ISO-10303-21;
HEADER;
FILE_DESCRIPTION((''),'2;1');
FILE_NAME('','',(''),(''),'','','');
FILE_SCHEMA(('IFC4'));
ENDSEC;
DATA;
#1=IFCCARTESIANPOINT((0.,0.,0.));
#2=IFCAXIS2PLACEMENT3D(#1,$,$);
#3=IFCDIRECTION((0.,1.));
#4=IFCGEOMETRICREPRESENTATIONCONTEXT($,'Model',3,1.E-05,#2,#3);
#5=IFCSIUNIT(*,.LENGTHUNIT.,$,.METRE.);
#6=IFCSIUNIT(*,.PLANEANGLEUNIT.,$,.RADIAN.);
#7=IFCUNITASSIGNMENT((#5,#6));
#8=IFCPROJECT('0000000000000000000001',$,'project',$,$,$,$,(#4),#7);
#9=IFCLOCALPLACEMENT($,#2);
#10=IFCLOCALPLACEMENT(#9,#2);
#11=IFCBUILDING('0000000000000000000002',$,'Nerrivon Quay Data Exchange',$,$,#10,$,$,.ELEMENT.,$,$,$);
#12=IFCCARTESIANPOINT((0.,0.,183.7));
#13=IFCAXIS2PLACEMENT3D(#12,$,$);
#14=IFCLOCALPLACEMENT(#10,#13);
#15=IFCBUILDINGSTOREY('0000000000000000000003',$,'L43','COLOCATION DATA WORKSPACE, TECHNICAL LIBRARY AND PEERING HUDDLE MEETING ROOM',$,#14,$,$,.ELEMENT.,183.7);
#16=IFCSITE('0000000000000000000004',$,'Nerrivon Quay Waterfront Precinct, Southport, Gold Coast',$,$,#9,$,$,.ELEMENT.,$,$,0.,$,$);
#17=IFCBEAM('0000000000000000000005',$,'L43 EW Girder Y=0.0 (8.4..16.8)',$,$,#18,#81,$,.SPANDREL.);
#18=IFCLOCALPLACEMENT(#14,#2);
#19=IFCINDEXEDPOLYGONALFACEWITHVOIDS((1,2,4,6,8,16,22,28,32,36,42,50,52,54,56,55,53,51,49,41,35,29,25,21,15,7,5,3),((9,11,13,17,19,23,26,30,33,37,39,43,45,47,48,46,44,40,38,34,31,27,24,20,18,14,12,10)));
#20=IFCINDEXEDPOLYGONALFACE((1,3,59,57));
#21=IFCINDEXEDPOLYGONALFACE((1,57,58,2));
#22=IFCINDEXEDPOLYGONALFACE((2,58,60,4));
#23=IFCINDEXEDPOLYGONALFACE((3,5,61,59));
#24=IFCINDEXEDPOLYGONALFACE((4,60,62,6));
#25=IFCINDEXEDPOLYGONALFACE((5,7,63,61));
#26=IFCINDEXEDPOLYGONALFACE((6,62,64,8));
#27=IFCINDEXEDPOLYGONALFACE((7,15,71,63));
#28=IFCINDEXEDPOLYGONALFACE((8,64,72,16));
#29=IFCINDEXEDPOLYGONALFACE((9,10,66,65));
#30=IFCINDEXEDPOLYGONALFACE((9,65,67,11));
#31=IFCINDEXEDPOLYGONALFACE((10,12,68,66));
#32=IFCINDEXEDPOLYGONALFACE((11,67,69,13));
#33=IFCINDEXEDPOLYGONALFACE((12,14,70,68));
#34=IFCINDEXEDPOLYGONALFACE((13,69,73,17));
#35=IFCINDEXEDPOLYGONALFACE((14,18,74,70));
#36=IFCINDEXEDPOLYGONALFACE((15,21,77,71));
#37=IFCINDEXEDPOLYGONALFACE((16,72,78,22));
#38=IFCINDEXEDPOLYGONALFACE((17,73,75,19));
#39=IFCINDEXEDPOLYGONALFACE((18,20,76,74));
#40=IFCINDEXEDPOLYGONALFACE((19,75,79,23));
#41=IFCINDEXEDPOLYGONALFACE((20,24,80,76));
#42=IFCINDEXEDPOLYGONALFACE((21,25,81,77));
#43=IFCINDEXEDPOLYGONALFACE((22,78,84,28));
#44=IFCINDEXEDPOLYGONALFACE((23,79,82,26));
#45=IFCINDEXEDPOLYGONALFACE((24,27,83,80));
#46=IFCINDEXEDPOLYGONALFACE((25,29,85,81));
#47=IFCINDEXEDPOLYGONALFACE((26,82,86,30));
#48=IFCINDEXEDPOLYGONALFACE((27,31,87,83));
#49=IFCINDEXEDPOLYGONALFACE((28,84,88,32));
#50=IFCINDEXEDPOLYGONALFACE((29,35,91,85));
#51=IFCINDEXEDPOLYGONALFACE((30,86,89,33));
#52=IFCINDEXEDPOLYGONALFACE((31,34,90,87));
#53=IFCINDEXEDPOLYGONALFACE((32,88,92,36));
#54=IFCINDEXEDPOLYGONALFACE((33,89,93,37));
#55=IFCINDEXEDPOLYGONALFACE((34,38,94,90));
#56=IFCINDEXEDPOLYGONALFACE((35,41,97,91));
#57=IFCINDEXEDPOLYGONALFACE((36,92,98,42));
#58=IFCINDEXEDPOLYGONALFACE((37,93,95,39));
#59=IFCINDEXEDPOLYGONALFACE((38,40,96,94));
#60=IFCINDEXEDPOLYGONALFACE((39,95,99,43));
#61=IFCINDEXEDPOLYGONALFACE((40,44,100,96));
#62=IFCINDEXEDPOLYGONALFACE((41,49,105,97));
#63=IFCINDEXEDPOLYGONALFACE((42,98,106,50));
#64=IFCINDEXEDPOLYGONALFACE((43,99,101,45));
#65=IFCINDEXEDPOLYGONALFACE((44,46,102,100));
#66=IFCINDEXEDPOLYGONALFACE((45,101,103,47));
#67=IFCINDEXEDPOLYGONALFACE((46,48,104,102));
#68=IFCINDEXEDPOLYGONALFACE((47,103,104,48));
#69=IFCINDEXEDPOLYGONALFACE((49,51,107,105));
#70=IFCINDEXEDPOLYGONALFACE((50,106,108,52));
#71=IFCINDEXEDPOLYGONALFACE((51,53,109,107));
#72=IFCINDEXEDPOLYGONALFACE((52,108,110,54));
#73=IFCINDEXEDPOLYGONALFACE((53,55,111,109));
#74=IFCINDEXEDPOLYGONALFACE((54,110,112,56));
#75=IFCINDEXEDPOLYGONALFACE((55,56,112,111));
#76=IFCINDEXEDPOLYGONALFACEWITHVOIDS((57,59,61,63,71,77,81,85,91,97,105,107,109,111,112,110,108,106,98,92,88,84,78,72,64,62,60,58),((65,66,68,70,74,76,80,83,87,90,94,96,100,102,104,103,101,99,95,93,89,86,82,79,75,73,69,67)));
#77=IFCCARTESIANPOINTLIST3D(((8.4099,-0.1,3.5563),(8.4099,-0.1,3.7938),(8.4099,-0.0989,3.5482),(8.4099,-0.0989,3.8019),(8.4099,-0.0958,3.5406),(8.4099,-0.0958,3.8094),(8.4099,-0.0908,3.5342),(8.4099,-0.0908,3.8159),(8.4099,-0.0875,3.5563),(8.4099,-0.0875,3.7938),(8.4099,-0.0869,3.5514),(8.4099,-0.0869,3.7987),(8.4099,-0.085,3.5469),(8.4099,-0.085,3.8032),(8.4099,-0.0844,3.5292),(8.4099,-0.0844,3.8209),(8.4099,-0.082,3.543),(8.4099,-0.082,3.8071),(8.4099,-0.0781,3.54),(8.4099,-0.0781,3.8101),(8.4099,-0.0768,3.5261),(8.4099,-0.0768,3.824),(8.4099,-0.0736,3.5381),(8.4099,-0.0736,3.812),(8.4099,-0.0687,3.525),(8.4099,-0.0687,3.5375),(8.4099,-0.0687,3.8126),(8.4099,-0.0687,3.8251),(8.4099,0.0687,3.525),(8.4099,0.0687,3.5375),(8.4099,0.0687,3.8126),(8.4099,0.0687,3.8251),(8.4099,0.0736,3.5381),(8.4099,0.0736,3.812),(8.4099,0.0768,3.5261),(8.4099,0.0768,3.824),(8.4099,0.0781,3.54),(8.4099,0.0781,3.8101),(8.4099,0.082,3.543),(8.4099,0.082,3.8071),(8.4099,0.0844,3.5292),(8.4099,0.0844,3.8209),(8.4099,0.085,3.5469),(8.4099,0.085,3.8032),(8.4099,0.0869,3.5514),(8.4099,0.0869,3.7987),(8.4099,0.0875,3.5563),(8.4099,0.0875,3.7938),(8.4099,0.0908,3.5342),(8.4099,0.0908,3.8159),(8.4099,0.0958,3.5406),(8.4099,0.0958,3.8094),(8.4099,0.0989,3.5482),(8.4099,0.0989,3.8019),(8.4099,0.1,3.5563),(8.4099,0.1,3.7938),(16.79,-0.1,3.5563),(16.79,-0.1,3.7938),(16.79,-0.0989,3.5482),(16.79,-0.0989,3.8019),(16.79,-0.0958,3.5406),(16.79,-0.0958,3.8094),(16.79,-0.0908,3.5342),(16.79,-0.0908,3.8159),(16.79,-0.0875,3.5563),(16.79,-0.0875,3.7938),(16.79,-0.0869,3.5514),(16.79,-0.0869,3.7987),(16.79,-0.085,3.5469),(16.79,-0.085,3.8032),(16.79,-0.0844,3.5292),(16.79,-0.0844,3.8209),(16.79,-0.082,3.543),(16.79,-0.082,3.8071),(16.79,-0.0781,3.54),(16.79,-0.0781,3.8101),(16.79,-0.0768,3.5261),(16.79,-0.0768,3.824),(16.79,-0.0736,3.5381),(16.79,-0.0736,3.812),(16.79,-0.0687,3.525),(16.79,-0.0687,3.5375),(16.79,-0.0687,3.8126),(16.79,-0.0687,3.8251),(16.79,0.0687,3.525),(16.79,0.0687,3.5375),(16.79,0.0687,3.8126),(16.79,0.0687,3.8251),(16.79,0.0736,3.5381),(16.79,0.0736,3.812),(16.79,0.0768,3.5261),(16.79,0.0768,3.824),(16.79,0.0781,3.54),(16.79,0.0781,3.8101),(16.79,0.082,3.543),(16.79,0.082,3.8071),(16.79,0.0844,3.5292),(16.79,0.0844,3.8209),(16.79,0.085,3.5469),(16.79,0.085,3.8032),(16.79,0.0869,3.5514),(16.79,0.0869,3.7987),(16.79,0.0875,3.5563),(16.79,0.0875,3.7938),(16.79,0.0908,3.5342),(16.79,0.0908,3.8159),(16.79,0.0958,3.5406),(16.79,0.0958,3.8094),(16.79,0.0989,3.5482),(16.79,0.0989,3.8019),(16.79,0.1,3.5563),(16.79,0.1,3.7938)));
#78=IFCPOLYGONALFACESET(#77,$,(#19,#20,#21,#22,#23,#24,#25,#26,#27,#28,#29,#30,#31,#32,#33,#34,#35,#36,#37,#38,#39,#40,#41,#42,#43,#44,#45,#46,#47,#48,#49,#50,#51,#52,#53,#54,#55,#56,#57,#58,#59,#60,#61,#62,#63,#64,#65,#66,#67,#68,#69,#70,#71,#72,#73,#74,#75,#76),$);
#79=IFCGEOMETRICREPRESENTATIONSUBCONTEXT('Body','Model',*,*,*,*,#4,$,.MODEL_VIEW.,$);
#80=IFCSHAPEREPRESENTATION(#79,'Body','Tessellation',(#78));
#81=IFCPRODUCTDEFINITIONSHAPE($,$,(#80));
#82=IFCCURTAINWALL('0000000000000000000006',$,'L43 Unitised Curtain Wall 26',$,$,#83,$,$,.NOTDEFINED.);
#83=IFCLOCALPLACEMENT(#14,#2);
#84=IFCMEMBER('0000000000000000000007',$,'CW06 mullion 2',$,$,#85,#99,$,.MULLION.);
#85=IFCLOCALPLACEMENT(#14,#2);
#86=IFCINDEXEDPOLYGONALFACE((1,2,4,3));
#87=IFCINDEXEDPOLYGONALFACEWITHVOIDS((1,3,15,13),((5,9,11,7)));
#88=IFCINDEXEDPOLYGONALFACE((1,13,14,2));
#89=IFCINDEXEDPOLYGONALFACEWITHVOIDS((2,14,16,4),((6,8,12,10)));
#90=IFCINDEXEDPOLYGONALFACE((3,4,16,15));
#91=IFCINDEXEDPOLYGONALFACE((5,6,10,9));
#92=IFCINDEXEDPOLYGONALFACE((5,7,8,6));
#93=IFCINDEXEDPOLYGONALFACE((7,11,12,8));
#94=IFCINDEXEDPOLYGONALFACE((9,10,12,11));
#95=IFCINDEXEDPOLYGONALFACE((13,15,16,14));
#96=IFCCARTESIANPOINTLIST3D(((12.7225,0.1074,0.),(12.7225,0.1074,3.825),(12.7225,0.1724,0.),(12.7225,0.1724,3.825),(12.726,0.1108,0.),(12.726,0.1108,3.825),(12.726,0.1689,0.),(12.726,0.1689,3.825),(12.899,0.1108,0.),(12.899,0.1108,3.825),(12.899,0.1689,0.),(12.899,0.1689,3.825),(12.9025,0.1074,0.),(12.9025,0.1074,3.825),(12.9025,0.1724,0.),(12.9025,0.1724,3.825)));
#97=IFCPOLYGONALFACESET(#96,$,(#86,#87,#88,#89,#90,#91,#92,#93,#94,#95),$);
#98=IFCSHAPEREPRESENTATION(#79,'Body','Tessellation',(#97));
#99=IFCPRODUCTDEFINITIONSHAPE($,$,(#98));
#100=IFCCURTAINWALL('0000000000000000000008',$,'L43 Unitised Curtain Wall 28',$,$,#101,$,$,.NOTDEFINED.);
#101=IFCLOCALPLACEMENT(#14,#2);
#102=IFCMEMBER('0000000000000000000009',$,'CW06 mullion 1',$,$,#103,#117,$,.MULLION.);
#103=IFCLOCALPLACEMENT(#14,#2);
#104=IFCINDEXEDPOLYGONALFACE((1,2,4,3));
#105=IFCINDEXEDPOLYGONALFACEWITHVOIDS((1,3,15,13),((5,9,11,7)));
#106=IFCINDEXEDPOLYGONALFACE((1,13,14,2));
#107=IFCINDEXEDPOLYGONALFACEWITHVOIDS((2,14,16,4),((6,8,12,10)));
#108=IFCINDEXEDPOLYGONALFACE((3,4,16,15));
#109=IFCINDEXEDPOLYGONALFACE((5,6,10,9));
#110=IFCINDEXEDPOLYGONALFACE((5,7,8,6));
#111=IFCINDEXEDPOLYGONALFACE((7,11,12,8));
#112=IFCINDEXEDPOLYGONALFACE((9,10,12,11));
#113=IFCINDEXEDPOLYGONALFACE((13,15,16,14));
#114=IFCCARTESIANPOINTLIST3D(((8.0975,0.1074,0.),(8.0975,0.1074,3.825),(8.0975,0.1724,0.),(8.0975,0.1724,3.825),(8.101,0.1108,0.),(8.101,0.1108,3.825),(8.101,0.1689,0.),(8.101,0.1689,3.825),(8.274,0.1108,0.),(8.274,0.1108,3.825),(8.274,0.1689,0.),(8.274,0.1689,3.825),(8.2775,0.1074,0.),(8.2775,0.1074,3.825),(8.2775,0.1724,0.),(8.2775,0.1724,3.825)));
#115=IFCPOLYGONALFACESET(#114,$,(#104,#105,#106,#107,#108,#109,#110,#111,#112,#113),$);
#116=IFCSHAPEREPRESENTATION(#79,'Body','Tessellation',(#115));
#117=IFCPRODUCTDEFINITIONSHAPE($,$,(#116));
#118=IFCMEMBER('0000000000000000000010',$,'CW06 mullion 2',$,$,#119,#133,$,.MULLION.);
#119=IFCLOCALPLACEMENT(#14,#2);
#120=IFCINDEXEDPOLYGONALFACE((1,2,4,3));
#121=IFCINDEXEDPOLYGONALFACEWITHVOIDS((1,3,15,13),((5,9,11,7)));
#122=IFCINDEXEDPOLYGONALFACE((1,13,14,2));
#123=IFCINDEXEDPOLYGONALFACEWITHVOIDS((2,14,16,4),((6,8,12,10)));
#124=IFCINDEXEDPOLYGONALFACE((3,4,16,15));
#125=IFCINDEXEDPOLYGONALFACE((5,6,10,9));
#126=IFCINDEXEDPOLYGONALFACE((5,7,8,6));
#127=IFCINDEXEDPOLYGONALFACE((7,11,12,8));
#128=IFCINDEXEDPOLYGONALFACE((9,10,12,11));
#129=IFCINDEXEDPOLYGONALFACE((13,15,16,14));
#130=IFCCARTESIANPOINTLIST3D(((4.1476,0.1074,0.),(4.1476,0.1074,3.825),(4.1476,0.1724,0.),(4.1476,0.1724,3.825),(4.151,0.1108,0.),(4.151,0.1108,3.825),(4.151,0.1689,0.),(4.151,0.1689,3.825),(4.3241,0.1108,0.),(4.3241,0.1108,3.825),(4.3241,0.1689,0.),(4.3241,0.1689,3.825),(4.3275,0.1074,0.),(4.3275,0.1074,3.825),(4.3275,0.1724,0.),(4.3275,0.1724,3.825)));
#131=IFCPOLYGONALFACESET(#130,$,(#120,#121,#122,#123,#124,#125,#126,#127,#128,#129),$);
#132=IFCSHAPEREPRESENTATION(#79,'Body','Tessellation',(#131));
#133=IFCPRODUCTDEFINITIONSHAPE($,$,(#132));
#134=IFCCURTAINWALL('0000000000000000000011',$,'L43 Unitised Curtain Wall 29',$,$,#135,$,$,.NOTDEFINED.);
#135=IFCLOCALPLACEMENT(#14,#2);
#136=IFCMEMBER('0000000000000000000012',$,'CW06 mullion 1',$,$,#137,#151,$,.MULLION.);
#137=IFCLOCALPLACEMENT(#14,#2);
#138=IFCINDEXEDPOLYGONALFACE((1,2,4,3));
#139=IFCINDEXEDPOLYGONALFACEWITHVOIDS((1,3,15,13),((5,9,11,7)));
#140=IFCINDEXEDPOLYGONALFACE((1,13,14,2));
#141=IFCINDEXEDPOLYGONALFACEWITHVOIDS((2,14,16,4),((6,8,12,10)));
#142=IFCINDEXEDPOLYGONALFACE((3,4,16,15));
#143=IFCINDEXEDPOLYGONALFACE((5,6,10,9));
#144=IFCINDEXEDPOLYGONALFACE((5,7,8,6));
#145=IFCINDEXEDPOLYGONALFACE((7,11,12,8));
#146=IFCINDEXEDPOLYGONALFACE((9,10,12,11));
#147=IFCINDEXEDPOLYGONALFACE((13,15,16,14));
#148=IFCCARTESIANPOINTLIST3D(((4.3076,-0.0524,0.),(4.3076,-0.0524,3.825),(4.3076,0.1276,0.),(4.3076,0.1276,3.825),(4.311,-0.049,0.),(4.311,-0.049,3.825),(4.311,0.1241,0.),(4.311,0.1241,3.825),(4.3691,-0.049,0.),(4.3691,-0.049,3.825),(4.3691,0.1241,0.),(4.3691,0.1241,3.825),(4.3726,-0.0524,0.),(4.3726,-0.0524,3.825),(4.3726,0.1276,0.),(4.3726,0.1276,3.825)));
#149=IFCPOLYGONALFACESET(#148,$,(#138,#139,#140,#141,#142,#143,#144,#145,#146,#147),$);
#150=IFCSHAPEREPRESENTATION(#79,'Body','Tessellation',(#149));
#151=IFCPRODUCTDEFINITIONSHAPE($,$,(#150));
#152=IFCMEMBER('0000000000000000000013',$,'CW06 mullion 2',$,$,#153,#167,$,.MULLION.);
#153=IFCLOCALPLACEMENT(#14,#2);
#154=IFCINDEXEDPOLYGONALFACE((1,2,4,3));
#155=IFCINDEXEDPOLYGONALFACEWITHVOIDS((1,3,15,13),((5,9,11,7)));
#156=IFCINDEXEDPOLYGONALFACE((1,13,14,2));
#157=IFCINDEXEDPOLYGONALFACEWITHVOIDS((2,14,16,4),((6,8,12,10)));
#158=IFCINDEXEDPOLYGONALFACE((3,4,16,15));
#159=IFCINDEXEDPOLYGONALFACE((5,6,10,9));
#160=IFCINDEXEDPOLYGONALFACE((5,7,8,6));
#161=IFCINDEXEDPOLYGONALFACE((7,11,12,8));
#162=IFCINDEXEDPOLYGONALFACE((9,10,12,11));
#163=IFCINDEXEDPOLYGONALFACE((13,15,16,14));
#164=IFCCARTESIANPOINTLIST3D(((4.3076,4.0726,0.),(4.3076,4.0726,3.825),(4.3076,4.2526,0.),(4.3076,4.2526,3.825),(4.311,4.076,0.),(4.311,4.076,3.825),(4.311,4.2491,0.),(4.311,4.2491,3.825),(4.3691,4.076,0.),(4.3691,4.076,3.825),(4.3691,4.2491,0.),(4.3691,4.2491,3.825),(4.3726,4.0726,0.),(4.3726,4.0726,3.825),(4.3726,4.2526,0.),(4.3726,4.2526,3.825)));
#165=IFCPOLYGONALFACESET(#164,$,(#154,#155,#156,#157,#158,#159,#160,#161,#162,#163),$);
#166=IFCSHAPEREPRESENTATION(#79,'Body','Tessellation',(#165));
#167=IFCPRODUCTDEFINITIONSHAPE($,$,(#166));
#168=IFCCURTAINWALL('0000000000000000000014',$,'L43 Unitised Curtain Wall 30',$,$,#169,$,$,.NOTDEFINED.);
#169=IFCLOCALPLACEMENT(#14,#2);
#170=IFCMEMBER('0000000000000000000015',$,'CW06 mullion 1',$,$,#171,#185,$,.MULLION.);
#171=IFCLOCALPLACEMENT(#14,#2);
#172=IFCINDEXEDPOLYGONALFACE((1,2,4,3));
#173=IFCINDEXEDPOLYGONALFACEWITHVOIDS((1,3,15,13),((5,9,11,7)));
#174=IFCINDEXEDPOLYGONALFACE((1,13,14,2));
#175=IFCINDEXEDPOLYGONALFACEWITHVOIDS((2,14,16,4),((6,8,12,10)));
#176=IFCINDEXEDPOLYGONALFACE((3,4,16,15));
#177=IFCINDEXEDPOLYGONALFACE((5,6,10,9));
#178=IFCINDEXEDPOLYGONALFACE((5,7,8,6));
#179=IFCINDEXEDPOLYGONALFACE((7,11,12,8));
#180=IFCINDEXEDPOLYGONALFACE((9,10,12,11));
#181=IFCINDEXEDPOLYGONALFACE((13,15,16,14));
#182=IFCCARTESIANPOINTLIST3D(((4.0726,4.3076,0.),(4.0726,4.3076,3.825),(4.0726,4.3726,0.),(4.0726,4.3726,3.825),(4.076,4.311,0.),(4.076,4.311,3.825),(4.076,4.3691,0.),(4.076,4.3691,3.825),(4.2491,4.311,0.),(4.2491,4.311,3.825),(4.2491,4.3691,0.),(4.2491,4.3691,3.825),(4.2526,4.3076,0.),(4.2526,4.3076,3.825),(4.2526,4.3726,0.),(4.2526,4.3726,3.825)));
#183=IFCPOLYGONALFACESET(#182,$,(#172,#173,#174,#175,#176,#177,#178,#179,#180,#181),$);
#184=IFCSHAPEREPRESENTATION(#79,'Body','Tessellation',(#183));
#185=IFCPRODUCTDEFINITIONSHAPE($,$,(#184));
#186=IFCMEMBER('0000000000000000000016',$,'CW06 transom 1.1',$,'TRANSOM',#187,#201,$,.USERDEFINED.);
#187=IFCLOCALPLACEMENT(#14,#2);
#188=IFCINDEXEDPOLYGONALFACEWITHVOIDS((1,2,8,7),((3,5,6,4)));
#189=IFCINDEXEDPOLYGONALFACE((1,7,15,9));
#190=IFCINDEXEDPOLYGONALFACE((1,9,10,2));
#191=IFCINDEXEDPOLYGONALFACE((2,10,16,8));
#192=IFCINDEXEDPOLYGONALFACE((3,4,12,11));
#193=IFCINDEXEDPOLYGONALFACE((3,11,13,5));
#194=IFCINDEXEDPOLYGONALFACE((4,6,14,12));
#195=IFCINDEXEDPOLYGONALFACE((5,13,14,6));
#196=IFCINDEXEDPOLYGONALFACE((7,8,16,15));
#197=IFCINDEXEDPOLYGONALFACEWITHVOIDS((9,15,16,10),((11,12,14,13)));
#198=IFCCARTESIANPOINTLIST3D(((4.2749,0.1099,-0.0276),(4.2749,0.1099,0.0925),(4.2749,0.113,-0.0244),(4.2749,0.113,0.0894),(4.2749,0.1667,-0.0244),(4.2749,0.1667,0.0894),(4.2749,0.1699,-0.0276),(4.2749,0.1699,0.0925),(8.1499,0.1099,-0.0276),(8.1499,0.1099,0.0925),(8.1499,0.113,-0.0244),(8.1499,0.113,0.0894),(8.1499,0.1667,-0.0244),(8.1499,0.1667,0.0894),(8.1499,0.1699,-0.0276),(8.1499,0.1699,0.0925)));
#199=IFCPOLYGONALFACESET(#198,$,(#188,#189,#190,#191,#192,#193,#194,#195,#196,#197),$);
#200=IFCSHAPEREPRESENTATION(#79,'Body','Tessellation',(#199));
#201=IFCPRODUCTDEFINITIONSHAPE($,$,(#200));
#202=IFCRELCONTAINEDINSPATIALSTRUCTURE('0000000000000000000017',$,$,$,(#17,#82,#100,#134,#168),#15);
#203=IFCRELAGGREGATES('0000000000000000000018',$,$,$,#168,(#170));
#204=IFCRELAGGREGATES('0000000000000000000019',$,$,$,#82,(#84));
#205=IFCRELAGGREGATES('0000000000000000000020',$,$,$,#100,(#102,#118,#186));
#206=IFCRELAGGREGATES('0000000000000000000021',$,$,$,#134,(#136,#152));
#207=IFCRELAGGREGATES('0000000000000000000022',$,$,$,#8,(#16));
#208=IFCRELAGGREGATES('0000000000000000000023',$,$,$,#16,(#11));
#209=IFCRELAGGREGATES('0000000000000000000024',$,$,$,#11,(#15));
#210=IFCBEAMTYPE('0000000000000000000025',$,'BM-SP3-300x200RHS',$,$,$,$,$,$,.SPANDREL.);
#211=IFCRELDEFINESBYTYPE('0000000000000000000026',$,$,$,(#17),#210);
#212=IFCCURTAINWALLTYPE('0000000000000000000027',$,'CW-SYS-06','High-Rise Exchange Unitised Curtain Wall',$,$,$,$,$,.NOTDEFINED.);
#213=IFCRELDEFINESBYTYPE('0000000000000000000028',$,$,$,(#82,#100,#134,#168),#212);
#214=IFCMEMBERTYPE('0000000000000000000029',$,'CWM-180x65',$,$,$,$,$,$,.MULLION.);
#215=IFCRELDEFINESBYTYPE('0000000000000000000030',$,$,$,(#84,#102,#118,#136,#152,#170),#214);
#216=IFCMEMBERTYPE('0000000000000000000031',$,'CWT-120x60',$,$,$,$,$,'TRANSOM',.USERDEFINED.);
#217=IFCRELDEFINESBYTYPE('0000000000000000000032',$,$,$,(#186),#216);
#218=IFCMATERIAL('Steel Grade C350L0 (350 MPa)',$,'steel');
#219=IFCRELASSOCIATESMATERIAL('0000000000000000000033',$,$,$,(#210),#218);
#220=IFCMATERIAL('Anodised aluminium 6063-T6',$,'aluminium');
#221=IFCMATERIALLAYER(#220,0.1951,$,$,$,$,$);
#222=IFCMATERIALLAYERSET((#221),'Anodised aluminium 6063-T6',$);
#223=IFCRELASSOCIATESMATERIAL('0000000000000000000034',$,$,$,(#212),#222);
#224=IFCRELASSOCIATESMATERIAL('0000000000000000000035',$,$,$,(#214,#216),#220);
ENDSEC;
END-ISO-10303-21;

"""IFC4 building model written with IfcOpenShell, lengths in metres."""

from ifc_helpers import new_model, si_unit, direction, frame, origin, origin_2d, place, context, subcontext, project, spatial, hollow_rectangle, extrude, material, layer, layer_set, material_profile, profile_set, type_object, element, aggregate, save


model = new_model("IFC4")

# Units and contexts
model_context = context("Model", 3, precision=1e-05, world=origin(), true_north=direction((0.0, 1.0)))
body_context = subcontext(model_context, "Body", "Model", "MODEL_VIEW")
ifc_project = project(units=[si_unit("LENGTHUNIT", "METRE"), si_unit("PLANEANGLEUNIT", "RADIAN")], contexts=[model_context])

# Site, building, storey
site_placement = place(None, origin())
site = spatial("IfcSite", under=ifc_project, at=site_placement, Name="Nerrivon Quay Waterfront Precinct, Southport, Gold Coast", CompositionType="ELEMENT", RefElevation=0.0)
building_placement = place(site_placement, origin())
building = spatial("IfcBuilding", under=site, at=building_placement, Name="Nerrivon Quay Data Exchange", CompositionType="ELEMENT")
storey_placement = place(building_placement, frame((0.0, 0.0, 183.7)))
storey = spatial("IfcBuildingStorey", under=building, at=storey_placement, Name="L43", Description="COLOCATION DATA WORKSPACE, TECHNICAL LIBRARY AND PEERING HUDDLE MEETING ROOM", CompositionType="ELEMENT", Elevation=183.7)

# Beam
ifc_material_1 = material(Name="Steel Grade C350L0 (350 MPa)", Category="steel")
ifc_material_profile_1 = material_profile(ifc_material_1, hollow_rectangle(XDim=0.2, YDim=0.3, WallThickness=0.0125, InnerFilletRadius=0.0188, OuterFilletRadius=0.0312, at=origin_2d()), Name="300x200x12.5RHS")
ifc_profile_set_1 = profile_set([ifc_material_profile_1], Name="Steel Grade C350L0 (350 MPa)")
beam_type_1 = type_object("IfcBeamType", Name="BM-SP3-300x200RHS", PredefinedType="SPANDREL", material=ifc_profile_set_1)
beam_1_placement = place(storey_placement, frame((8.4099, 0.0, 3.675), z_axis=(1.0, 0.0, 0.0), x_axis=(0.0, 1.0, 0.0)))
element("IfcBeam", 1, at=beam_1_placement, inside=storey, type_object=beam_type_1, Name="L43 EW Girder Y=0.0 (8.4..16.8)", PredefinedType="SPANDREL", context=body_context, shape_type="SweptSolid", body=[
    extrude(hollow_rectangle(XDim=0.2, YDim=0.3, WallThickness=0.0125, InnerFilletRadius=0.0188, OuterFilletRadius=0.0312, at=origin_2d()), origin(), (0.0, 0.0, 1.0), 8.3801),
])

# Curtain wall, member
ifc_material_2 = material(Name="Anodised aluminium 6063-T6", Category="aluminium")
ifc_layer_1 = layer(ifc_material_2, 0.1951)
ifc_layer_set_1 = layer_set([ifc_layer_1], Name="Anodised aluminium 6063-T6")
curtain_wall_type = type_object("IfcCurtainWallType", Name="CW-SYS-06", Description="High-Rise Exchange Unitised Curtain Wall", PredefinedType="NOTDEFINED", material=ifc_layer_set_1)
curtain_wall_1_placement = place(storey_placement, origin())
curtain_wall_1 = element("IfcCurtainWall", 2, at=curtain_wall_1_placement, inside=storey, type_object=curtain_wall_type, Name="L43 Unitised Curtain Wall 26", PredefinedType="NOTDEFINED")
ifc_material_profile_2 = material_profile(ifc_material_2, hollow_rectangle(XDim=0.0649, YDim=0.1799, WallThickness=0.0034, at=origin_2d()), Name="ALU-MULL-180x65")
ifc_profile_set_2 = profile_set([ifc_material_profile_2], Name="Anodised aluminium 6063-T6")
member_type_1 = type_object("IfcMemberType", Name="CWM-180x65", PredefinedType="MULLION", material=ifc_profile_set_2)
member_1_placement = place(storey_placement, frame((12.8125, 0.1399, 0.0), z_axis=(0.0, 0.0, 1.0), x_axis=(0.0, -1.0, 0.0)))
member_1 = element("IfcMember", 3, at=member_1_placement, type_object=member_type_1, Name="CW06 mullion 2", PredefinedType="MULLION", context=body_context, shape_type="SweptSolid", body=[
    extrude(hollow_rectangle(XDim=0.0649, YDim=0.1799, WallThickness=0.0034, at=origin_2d()), origin(), (0.0, 0.0, 1.0), 3.825),
])

# Curtain walls, members
curtain_wall_2_placement = place(storey_placement, origin())
curtain_wall_2 = element("IfcCurtainWall", 4, at=curtain_wall_2_placement, inside=storey, type_object=curtain_wall_type, Name="L43 Unitised Curtain Wall 28", PredefinedType="NOTDEFINED")
member_2_placement = place(storey_placement, frame((8.1875, 0.1399, 0.0), z_axis=(0.0, 0.0, 1.0), x_axis=(0.0, -1.0, 0.0)))
member_2 = element("IfcMember", 5, at=member_2_placement, type_object=member_type_1, Name="CW06 mullion 1", PredefinedType="MULLION", context=body_context, shape_type="SweptSolid", body=[
    extrude(hollow_rectangle(XDim=0.0649, YDim=0.1799, WallThickness=0.0034, at=origin_2d()), origin(), (0.0, 0.0, 1.0), 3.825),
])
member_3_placement = place(storey_placement, frame((4.2375, 0.1399, 0.0), z_axis=(0.0, 0.0, 1.0), x_axis=(0.0, -1.0, 0.0)))
member_3 = element("IfcMember", 6, at=member_3_placement, type_object=member_type_1, Name="CW06 mullion 2", PredefinedType="MULLION", context=body_context, shape_type="SweptSolid", body=[
    extrude(hollow_rectangle(XDim=0.0649, YDim=0.1799, WallThickness=0.0034, at=origin_2d()), origin(), (0.0, 0.0, 1.0), 3.825),
])
curtain_wall_3_placement = place(storey_placement, origin())
curtain_wall_3 = element("IfcCurtainWall", 7, at=curtain_wall_3_placement, inside=storey, type_object=curtain_wall_type, Name="L43 Unitised Curtain Wall 29", PredefinedType="NOTDEFINED")
member_4_placement = place(storey_placement, frame((4.3401, 0.0376, 0.0), z_axis=(0.0, 0.0, 1.0), x_axis=(-1.0, 0.0, 0.0)))
member_4 = element("IfcMember", 8, at=member_4_placement, type_object=member_type_1, Name="CW06 mullion 1", PredefinedType="MULLION", context=body_context, shape_type="SweptSolid", body=[
    extrude(hollow_rectangle(XDim=0.0649, YDim=0.1799, WallThickness=0.0034, at=origin_2d()), origin(), (0.0, 0.0, 1.0), 3.825),
])
member_5_placement = place(storey_placement, frame((4.3401, 4.1626, 0.0), z_axis=(0.0, 0.0, 1.0), x_axis=(-1.0, 0.0, 0.0)))
member_5 = element("IfcMember", 9, at=member_5_placement, type_object=member_type_1, Name="CW06 mullion 2", PredefinedType="MULLION", context=body_context, shape_type="SweptSolid", body=[
    extrude(hollow_rectangle(XDim=0.0649, YDim=0.1799, WallThickness=0.0034, at=origin_2d()), origin(), (0.0, 0.0, 1.0), 3.825),
])

# Curtain wall, member
curtain_wall_4_placement = place(storey_placement, origin())
curtain_wall_4 = element("IfcCurtainWall", 10, at=curtain_wall_4_placement, inside=storey, type_object=curtain_wall_type, Name="L43 Unitised Curtain Wall 30", PredefinedType="NOTDEFINED")
member_6_placement = place(storey_placement, frame((4.1626, 4.3401, 0.0), z_axis=(0.0, 0.0, 1.0), x_axis=(0.0, -1.0, 0.0)))
member_6 = element("IfcMember", 11, at=member_6_placement, type_object=member_type_1, Name="CW06 mullion 1", PredefinedType="MULLION", context=body_context, shape_type="SweptSolid", body=[
    extrude(hollow_rectangle(XDim=0.0649, YDim=0.1799, WallThickness=0.0034, at=origin_2d()), origin(), (0.0, 0.0, 1.0), 3.825),
])

# Member
ifc_material_profile_3 = material_profile(ifc_material_2, hollow_rectangle(XDim=0.0601, YDim=0.1201, WallThickness=0.0032, at=origin_2d()), Name="ALU-TRAN-120x60")
ifc_profile_set_3 = profile_set([ifc_material_profile_3], Name="Anodised aluminium 6063-T6")
member_type_2 = type_object("IfcMemberType", Name="CWT-120x60", ElementType="TRANSOM", PredefinedType="USERDEFINED", material=ifc_profile_set_3)
member_7_placement = place(storey_placement, frame((8.1499, 0.1399, 0.0325), z_axis=(-1.0, 0.0, 0.0), x_axis=(0.0, -1.0, 0.0)))
member_7 = element("IfcMember", 12, at=member_7_placement, type_object=member_type_2, Name="CW06 transom 1.1", ObjectType="TRANSOM", PredefinedType="USERDEFINED", context=body_context, shape_type="SweptSolid", body=[
    extrude(hollow_rectangle(XDim=0.0601, YDim=0.1201, WallThickness=0.0032, at=origin_2d()), origin(), (0.0, 0.0, 1.0), 3.875),
])
aggregate(curtain_wall_4, [member_6])

aggregate(curtain_wall_1, [member_1])
aggregate(curtain_wall_2, [member_2, member_3, member_7])
aggregate(curtain_wall_3, [member_4, member_5])

save(model, "model.ifc")
